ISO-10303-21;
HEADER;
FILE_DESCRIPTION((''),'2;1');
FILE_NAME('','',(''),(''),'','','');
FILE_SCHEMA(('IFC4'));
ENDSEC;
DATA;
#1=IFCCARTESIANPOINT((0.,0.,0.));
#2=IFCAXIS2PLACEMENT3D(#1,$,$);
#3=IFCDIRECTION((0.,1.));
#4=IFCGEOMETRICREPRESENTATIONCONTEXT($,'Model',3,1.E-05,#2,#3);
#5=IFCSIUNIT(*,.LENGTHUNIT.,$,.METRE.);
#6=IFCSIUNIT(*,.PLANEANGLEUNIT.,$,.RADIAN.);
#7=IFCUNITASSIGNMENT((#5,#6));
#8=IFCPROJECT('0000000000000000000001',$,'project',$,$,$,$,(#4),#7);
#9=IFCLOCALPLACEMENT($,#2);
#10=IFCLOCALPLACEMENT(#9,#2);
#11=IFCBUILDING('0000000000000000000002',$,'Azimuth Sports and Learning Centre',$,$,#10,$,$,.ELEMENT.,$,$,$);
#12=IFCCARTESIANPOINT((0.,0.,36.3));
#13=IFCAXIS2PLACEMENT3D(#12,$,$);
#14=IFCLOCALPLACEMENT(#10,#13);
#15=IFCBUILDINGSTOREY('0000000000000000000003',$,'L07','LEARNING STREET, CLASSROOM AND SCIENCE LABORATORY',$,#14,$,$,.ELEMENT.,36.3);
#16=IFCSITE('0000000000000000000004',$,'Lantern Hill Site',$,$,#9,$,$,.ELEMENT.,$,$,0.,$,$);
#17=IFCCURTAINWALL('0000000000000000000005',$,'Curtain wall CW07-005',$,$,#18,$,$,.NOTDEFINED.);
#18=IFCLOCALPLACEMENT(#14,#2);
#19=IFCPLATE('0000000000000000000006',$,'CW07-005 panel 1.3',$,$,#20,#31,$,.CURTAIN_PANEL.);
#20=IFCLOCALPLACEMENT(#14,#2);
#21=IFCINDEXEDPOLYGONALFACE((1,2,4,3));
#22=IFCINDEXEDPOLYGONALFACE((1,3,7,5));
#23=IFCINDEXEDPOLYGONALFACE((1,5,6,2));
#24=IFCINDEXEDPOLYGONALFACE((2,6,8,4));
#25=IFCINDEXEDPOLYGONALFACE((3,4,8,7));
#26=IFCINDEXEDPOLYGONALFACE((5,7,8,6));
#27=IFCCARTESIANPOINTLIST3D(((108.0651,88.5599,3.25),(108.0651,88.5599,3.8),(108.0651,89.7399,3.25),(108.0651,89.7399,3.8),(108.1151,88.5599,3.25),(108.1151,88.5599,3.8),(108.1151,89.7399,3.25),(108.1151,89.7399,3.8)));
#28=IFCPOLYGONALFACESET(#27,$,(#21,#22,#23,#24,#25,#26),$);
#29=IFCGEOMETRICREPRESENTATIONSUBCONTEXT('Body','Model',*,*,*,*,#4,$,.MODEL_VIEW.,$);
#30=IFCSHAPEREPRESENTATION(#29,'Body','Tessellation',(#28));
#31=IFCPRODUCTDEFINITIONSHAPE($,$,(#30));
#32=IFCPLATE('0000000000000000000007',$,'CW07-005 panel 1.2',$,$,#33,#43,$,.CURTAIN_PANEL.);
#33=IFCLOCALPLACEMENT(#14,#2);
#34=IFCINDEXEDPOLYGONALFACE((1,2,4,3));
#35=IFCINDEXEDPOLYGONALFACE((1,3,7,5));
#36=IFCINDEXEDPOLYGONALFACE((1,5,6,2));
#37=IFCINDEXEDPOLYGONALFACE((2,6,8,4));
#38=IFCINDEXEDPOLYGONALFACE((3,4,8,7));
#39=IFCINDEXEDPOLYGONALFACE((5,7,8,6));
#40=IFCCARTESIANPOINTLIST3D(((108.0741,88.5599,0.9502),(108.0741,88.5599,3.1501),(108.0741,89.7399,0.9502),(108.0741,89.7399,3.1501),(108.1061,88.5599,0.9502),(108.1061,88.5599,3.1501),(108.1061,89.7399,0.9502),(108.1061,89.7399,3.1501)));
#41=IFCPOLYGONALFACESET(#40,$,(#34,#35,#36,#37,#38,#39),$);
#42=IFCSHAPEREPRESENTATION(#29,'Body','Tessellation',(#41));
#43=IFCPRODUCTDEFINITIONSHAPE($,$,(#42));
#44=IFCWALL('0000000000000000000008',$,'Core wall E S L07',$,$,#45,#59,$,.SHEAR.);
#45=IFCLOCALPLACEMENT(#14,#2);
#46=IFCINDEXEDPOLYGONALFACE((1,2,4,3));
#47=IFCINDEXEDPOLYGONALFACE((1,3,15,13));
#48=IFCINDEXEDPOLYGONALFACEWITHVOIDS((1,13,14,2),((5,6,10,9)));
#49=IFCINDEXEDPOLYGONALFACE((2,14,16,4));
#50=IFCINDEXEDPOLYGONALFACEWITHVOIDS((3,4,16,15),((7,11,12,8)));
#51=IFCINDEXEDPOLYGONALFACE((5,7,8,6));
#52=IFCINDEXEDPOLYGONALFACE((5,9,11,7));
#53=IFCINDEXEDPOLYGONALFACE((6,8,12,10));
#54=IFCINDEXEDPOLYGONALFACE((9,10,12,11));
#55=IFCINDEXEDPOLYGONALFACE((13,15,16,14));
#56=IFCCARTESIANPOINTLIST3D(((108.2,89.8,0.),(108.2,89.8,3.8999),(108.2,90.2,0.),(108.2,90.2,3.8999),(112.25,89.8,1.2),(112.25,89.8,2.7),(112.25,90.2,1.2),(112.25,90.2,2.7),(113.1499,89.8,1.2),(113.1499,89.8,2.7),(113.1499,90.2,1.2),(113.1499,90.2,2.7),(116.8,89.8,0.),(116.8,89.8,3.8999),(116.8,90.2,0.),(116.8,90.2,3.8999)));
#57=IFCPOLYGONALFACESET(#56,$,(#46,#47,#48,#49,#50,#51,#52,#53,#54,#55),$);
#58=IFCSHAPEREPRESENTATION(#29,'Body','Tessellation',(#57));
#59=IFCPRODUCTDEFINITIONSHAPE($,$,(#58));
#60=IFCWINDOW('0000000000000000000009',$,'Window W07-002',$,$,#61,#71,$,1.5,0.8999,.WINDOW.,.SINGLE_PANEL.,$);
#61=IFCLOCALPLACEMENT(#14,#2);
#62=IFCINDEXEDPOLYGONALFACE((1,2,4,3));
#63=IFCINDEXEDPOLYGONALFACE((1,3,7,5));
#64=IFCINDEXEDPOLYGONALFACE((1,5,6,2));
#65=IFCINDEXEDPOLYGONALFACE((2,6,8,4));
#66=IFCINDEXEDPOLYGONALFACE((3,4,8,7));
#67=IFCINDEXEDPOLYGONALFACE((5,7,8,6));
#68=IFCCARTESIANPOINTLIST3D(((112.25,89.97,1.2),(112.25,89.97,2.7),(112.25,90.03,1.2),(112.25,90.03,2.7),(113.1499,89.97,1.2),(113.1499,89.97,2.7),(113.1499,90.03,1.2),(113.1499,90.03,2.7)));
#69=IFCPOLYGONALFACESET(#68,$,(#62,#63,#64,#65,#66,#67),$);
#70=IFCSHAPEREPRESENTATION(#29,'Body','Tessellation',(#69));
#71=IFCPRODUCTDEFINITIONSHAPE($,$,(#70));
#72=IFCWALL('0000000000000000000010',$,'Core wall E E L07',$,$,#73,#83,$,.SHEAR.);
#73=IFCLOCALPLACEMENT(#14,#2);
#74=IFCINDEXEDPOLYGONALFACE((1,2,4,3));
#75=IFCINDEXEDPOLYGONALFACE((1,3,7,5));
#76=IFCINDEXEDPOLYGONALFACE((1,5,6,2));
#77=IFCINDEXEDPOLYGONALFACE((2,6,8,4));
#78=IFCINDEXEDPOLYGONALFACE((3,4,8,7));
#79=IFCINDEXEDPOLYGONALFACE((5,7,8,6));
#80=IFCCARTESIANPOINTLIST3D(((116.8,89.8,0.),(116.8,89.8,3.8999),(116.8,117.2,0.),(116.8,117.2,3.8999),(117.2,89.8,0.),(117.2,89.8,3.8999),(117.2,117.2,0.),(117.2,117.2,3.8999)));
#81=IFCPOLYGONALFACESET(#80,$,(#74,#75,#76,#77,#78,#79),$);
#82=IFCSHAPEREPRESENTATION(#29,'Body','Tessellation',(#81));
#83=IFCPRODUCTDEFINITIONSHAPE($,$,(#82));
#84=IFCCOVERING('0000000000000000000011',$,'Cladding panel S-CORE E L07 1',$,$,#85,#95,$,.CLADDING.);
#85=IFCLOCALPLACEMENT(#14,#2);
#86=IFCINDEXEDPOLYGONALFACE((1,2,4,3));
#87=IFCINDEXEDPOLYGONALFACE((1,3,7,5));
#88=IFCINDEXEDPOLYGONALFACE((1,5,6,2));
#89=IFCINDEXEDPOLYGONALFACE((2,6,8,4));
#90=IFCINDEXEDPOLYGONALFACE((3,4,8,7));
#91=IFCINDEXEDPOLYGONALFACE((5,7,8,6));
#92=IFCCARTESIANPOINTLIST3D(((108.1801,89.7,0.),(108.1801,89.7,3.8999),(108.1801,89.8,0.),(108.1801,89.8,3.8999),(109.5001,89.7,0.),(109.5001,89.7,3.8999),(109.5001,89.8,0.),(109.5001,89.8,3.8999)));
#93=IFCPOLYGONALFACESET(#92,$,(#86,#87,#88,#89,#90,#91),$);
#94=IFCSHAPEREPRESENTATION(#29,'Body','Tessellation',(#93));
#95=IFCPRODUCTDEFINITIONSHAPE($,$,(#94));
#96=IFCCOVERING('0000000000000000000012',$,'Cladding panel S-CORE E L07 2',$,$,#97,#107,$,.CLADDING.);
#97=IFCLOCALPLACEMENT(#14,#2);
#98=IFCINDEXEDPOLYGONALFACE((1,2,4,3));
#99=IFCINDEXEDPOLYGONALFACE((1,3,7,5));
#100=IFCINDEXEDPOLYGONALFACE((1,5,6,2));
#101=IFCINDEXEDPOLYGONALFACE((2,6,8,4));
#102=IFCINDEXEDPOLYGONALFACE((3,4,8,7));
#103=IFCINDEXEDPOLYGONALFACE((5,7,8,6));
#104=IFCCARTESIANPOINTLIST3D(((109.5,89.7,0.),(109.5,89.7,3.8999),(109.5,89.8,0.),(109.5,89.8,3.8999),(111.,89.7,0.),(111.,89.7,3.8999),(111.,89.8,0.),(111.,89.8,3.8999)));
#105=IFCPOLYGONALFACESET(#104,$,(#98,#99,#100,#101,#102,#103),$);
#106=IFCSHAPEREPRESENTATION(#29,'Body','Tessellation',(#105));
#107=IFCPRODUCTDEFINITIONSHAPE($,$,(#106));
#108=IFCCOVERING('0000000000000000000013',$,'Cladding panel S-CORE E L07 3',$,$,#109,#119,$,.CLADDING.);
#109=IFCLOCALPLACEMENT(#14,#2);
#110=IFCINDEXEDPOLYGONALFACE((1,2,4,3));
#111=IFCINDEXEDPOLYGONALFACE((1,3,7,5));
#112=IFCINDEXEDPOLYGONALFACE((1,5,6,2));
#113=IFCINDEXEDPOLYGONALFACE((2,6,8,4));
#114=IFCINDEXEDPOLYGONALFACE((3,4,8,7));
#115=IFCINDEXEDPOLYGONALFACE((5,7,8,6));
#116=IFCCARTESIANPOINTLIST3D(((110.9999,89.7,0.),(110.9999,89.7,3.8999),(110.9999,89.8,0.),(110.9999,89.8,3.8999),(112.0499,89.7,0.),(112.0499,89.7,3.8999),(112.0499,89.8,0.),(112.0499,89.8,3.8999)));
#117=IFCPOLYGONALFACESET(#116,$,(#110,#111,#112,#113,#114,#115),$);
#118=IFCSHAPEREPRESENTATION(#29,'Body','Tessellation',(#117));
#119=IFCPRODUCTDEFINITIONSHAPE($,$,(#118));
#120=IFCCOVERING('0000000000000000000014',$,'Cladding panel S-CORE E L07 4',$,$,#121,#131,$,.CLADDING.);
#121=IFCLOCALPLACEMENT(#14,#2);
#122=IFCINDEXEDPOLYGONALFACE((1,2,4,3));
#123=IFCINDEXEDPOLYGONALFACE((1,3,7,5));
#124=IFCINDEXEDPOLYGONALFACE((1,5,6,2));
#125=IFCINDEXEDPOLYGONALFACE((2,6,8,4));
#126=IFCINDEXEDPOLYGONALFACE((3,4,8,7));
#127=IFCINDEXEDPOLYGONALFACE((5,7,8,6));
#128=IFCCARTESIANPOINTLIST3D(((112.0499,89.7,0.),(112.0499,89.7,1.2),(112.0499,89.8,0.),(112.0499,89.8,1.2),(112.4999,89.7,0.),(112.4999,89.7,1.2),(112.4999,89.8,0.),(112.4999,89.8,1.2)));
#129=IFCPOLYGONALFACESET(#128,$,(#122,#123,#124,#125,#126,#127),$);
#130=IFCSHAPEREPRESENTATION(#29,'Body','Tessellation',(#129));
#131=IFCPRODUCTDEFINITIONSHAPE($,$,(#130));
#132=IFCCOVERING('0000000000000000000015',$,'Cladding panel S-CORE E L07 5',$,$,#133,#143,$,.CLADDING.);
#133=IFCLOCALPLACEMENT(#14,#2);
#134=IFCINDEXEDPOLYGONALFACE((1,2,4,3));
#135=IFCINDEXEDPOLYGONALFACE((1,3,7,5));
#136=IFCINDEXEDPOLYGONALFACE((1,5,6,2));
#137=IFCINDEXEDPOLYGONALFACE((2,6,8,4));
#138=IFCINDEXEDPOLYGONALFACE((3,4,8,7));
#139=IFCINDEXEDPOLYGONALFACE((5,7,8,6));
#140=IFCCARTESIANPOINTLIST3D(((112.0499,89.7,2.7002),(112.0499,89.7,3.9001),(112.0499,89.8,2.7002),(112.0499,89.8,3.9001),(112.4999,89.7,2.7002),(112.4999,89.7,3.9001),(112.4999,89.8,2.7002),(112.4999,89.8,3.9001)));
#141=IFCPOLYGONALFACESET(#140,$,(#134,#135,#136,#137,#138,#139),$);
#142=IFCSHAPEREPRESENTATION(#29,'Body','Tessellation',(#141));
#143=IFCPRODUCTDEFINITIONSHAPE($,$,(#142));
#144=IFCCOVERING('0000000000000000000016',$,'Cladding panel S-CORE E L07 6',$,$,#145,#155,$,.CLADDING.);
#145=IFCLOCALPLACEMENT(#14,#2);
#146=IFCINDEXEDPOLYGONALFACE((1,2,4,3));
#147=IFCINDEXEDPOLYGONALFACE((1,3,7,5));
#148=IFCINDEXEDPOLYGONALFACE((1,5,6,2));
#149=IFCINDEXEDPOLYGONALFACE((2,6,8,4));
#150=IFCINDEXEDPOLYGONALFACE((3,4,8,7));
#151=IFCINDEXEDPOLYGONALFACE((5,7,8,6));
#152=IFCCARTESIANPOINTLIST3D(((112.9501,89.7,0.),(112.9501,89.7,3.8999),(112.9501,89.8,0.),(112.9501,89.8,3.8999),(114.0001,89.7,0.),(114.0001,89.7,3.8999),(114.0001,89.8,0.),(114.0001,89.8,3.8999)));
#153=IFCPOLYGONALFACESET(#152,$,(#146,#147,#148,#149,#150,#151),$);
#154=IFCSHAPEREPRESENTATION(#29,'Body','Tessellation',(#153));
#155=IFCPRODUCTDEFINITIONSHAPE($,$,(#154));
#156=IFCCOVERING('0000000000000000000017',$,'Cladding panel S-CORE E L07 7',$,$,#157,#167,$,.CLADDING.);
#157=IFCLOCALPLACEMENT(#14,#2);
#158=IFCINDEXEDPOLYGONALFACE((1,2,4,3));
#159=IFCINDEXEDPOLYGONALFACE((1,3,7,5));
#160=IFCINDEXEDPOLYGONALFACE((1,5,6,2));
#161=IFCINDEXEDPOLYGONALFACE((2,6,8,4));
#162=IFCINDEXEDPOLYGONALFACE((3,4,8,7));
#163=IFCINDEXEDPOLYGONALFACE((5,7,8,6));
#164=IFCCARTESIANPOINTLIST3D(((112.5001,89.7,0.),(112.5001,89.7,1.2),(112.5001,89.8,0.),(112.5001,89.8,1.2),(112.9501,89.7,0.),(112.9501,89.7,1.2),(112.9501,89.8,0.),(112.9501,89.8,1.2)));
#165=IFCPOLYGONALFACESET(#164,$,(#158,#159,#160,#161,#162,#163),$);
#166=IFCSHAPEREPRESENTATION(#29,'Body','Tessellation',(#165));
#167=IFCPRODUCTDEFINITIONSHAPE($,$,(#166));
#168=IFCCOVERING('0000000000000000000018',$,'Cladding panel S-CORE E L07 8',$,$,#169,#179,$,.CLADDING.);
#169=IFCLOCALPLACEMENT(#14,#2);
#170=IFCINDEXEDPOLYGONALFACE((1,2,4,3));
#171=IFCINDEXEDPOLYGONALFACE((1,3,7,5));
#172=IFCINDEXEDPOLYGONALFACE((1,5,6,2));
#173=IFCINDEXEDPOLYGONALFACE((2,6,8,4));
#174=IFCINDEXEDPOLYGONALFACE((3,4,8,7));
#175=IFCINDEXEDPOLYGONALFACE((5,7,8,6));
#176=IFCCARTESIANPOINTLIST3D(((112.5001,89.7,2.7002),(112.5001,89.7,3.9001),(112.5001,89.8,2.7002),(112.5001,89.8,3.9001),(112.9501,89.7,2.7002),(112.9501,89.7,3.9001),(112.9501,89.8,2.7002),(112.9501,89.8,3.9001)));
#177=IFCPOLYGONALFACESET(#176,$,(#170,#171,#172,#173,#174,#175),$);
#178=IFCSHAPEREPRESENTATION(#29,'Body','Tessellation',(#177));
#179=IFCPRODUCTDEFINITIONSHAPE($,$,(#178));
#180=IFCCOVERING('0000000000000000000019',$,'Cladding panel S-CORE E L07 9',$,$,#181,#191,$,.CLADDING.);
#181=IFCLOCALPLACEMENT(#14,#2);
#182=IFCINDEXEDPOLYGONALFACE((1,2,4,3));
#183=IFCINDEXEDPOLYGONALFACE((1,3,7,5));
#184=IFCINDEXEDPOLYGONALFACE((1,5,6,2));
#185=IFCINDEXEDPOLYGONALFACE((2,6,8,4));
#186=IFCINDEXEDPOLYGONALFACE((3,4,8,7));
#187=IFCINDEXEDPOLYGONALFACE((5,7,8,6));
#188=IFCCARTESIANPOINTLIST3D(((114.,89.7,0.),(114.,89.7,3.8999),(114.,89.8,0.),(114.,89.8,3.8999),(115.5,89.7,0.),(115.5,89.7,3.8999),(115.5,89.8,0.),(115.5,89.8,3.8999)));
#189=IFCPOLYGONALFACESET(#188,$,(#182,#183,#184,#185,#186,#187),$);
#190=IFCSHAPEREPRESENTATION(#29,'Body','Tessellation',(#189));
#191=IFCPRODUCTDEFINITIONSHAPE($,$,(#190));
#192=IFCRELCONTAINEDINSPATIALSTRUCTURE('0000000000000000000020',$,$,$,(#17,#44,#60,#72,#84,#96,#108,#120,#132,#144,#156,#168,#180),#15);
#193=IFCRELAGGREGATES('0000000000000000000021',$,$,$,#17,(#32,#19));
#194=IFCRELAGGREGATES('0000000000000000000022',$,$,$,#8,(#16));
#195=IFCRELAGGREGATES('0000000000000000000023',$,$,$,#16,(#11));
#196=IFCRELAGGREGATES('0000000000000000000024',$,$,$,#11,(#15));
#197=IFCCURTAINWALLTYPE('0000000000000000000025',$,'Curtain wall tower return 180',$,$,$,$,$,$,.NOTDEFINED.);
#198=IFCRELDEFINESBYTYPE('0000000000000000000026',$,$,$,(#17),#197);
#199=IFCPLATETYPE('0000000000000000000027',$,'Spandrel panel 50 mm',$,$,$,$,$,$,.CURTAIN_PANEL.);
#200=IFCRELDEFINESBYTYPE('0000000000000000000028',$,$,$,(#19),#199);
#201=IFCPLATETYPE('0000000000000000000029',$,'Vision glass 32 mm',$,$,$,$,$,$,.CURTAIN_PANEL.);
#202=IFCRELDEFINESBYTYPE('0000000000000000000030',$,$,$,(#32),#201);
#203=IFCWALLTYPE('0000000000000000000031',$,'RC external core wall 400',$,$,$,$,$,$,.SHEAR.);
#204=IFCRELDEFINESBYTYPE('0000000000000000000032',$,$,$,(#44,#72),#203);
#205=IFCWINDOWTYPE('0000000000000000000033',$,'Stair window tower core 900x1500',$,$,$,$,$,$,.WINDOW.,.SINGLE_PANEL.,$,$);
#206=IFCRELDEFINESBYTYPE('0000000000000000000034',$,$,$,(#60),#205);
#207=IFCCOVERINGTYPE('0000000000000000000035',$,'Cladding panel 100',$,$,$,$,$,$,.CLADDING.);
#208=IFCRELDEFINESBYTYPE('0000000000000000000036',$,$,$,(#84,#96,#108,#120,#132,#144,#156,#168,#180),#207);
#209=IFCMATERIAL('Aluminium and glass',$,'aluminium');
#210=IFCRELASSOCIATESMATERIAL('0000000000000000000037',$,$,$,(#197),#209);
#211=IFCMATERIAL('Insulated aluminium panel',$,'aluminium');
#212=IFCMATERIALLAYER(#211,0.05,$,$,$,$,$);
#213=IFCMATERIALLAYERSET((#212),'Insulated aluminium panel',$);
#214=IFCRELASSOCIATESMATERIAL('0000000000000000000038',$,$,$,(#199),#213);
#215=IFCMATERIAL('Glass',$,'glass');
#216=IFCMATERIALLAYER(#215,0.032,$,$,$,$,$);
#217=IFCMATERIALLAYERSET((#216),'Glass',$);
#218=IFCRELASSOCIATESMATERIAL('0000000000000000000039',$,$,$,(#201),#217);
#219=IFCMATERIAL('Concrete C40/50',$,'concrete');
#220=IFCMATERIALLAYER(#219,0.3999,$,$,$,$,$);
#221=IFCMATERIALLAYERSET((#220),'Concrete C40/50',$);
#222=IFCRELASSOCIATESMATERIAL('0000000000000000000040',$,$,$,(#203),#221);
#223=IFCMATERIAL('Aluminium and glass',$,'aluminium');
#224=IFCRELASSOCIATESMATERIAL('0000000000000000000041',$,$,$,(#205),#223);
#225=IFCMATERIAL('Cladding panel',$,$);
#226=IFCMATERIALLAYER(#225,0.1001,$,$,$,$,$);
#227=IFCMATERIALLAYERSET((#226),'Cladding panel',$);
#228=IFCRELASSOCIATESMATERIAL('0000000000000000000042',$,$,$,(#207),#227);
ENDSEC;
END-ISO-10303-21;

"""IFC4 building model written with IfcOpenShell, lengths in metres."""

from ifc_helpers import new_model, si_unit, direction, frame, frame_2d, origin, origin_2d, place, context, subcontext, project, spatial, rectangle, extrude, material, layer, layer_set, type_object, element, fill, aggregate, save


model = new_model("IFC4")

# Units and contexts
model_context = context("Model", 3, precision=1e-05, world=origin(), true_north=direction((0.0, 1.0)))
body_context = subcontext(model_context, "Body", "Model", "MODEL_VIEW")
ifc_project = project(units=[si_unit("LENGTHUNIT", "METRE"), si_unit("PLANEANGLEUNIT", "RADIAN")], contexts=[model_context])

# Site, building, storey
site_placement = place(None, origin())
site = spatial("IfcSite", under=ifc_project, at=site_placement, Name="Lantern Hill Site", CompositionType="ELEMENT", RefElevation=0.0)
building_placement = place(site_placement, origin())
building = spatial("IfcBuilding", under=site, at=building_placement, Name="Azimuth Sports and Learning Centre", CompositionType="ELEMENT")
storey_placement = place(building_placement, frame((0.0, 0.0, 36.3)))
storey = spatial("IfcBuildingStorey", under=building, at=storey_placement, Name="L07", Description="LEARNING STREET, CLASSROOM AND SCIENCE LABORATORY", CompositionType="ELEMENT", Elevation=36.3)

# Curtain wall, plates
ifc_material_1 = material(Name="Aluminium and glass", Category="aluminium")
curtain_wall_type = type_object("IfcCurtainWallType", Name="Curtain wall tower return 180", PredefinedType="NOTDEFINED", material=ifc_material_1)
curtain_wall_placement = place(storey_placement, origin())
curtain_wall = element("IfcCurtainWall", 1, at=curtain_wall_placement, inside=storey, type_object=curtain_wall_type, Name="Curtain wall CW07-005", PredefinedType="NOTDEFINED")
ifc_material_2 = material(Name="Insulated aluminium panel", Category="aluminium")
ifc_layer_1 = layer(ifc_material_2, 0.05)
ifc_layer_set_1 = layer_set([ifc_layer_1], Name="Insulated aluminium panel")
plate_type_1 = type_object("IfcPlateType", Name="Spandrel panel 50 mm", PredefinedType="CURTAIN_PANEL", material=ifc_layer_set_1)
plate_1_placement = place(storey_placement, frame((108.0901, 89.1499, 3.25), z_axis=(0.0, 0.0, 1.0), x_axis=(0.0, 1.0, 0.0)))
plate_1 = element("IfcPlate", 2, at=plate_1_placement, type_object=plate_type_1, Name="CW07-005 panel 1.3", PredefinedType="CURTAIN_PANEL", context=body_context, shape_type="SweptSolid", body=[
    extrude(rectangle(XDim=1.1799, YDim=0.05, at=origin_2d()), origin(), (0.0, 0.0, 1.0), 0.55),
])
ifc_material_3 = material(Name="Glass", Category="glass")
ifc_layer_2 = layer(ifc_material_3, 0.032)
ifc_layer_set_2 = layer_set([ifc_layer_2], Name="Glass")
plate_type_2 = type_object("IfcPlateType", Name="Vision glass 32 mm", PredefinedType="CURTAIN_PANEL", material=ifc_layer_set_2)
plate_2_placement = place(storey_placement, frame((108.0901, 89.1499, 0.9502), z_axis=(0.0, 0.0, 1.0), x_axis=(0.0, 1.0, 0.0)))
plate_2 = element("IfcPlate", 3, at=plate_2_placement, type_object=plate_type_2, Name="CW07-005 panel 1.2", PredefinedType="CURTAIN_PANEL", context=body_context, shape_type="SweptSolid", body=[
    extrude(rectangle(XDim=1.1799, YDim=0.032, at=origin_2d()), origin(), (0.0, 0.0, 1.0), 2.2),
])
aggregate(curtain_wall, [plate_2, plate_1])

# Wall, opening, window
ifc_material_4 = material(Name="Concrete C40/50", Category="concrete")
ifc_layer_3 = layer(ifc_material_4, 0.3999)
ifc_layer_set_3 = layer_set([ifc_layer_3], Name="Concrete C40/50")
wall_type = type_object("IfcWallType", Name="RC external core wall 400", PredefinedType="SHEAR", material=ifc_layer_set_3)
wall_1_placement = place(storey_placement, frame((108.2, 90.0, 0.0), z_axis=(0.0, 0.0, 1.0), x_axis=(1.0, 0.0, 0.0)))
wall_1 = element("IfcWall", 4, at=wall_1_placement, inside=storey, type_object=wall_type, Name="Core wall E S L07", PredefinedType="SHEAR", context=body_context, shape_type="SweptSolid", body=[
    extrude(rectangle(XDim=8.6001, YDim=0.3999, at=frame_2d((4.3, 0.0))), origin(), (0.0, 0.0, 1.0), 3.8999),
])
opening_placement = place(wall_1_placement, frame((4.05, 0.0, 1.2)))
opening = element("IfcOpeningElement", 5, at=opening_placement, cuts=wall_1, PredefinedType="OPENING", context=body_context, shape_type="SweptSolid", body=[
    extrude(rectangle(XDim=0.8999, YDim=1.5, at=frame_2d((0.45, 0.75))), frame((0.0, 0.2109, 0.0), z_axis=(0.0, -1.0, 0.0), x_axis=(1.0, 0.0, 0.0)), (0.0, 0.0, 1.0), 0.4219),
])
ifc_material_5 = material(Name="Aluminium and glass", Category="aluminium")
window_type = type_object("IfcWindowType", Name="Stair window tower core 900x1500", PartitioningType="SINGLE_PANEL", PredefinedType="WINDOW", material=ifc_material_5)
window_placement = place(opening_placement, origin())
window = element("IfcWindow", 6, at=window_placement, inside=storey, type_object=window_type, Name="Window W07-002", OverallHeight=1.5, OverallWidth=0.8999, PartitioningType="SINGLE_PANEL", PredefinedType="WINDOW", context=body_context, shape_type="SweptSolid", body=[
    extrude(rectangle(XDim=0.8999, YDim=1.5, at=frame_2d((0.45, 0.75))), frame((0.0, 0.03, 0.0), z_axis=(0.0, -1.0, 0.0), x_axis=(1.0, 0.0, 0.0)), (0.0, 0.0, 1.0), 0.0601),
])
fill(opening, window)

# Wall
wall_2_placement = place(storey_placement, frame((117.0, 89.8, 0.0), z_axis=(0.0, 0.0, 1.0), x_axis=(0.0, 1.0, 0.0)))
element("IfcWall", 7, at=wall_2_placement, inside=storey, type_object=wall_type, Name="Core wall E E L07", PredefinedType="SHEAR", context=body_context, shape_type="SweptSolid", body=[
    extrude(rectangle(XDim=27.3999, YDim=0.3999, at=frame_2d((13.7, 0.0))), origin(), (0.0, 0.0, 1.0), 3.8999),
])

# Coverings
ifc_material_6 = material(Name="Cladding panel")
ifc_layer_4 = layer(ifc_material_6, 0.1001)
ifc_layer_set_4 = layer_set([ifc_layer_4], Name="Cladding panel")
covering_type = type_object("IfcCoveringType", Name="Cladding panel 100", PredefinedType="CLADDING", material=ifc_layer_set_4)
covering_1_placement = place(storey_placement, frame((108.8401, 89.75, 0.0), z_axis=(0.0, 0.0, 1.0), x_axis=(1.0, 0.0, 0.0)))
element("IfcCovering", 8, at=covering_1_placement, inside=storey, type_object=covering_type, Name="Cladding panel S-CORE E L07 1", PredefinedType="CLADDING", context=body_context, shape_type="SweptSolid", body=[
    extrude(rectangle(XDim=1.3201, YDim=0.1001, at=origin_2d()), origin(), (0.0, 0.0, 1.0), 3.8999),
])
covering_2_placement = place(storey_placement, frame((110.25, 89.75, 0.0), z_axis=(0.0, 0.0, 1.0), x_axis=(1.0, 0.0, 0.0)))
element("IfcCovering", 9, at=covering_2_placement, inside=storey, type_object=covering_type, Name="Cladding panel S-CORE E L07 2", PredefinedType="CLADDING", context=body_context, shape_type="SweptSolid", body=[
    extrude(rectangle(XDim=1.5, YDim=0.1001, at=origin_2d()), origin(), (0.0, 0.0, 1.0), 3.8999),
])
covering_3_placement = place(storey_placement, frame((111.5249, 89.75, 0.0), z_axis=(0.0, 0.0, 1.0), x_axis=(1.0, 0.0, 0.0)))
element("IfcCovering", 10, at=covering_3_placement, inside=storey, type_object=covering_type, Name="Cladding panel S-CORE E L07 3", PredefinedType="CLADDING", context=body_context, shape_type="SweptSolid", body=[
    extrude(rectangle(XDim=1.05, YDim=0.1001, at=origin_2d()), origin(), (0.0, 0.0, 1.0), 3.8999),
])
for number, where, z_axis, x_axis, name in (
    (11, (112.2749, 89.75, 0.0), (0.0, 0.0, 1.0), (1.0, 0.0, 0.0), "Cladding panel S-CORE E L07 4"),
    (12, (112.2749, 89.75, 2.7002), (0.0, 0.0, 1.0), (1.0, 0.0, 0.0), "Cladding panel S-CORE E L07 5"),
):
    element("IfcCovering", number, at=place(storey_placement, frame(where, z_axis=z_axis, x_axis=x_axis)), inside=storey, type_object=covering_type, Name=name, PredefinedType="CLADDING", context=body_context, shape_type="SweptSolid", body=[
        extrude(rectangle(XDim=0.45, YDim=0.1001, at=origin_2d()), origin(), (0.0, 0.0, 1.0), 1.2),
    ])
covering_4_placement = place(storey_placement, frame((113.4751, 89.75, 0.0), z_axis=(0.0, 0.0, 1.0), x_axis=(1.0, 0.0, 0.0)))
element("IfcCovering", 13, at=covering_4_placement, inside=storey, type_object=covering_type, Name="Cladding panel S-CORE E L07 6", PredefinedType="CLADDING", context=body_context, shape_type="SweptSolid", body=[
    extrude(rectangle(XDim=1.05, YDim=0.1001, at=origin_2d()), origin(), (0.0, 0.0, 1.0), 3.8999),
])
for number, where, z_axis, x_axis, name in (
    (14, (112.7251, 89.75, 0.0), (0.0, 0.0, 1.0), (1.0, 0.0, 0.0), "Cladding panel S-CORE E L07 7"),
    (15, (112.7251, 89.75, 2.7002), (0.0, 0.0, 1.0), (1.0, 0.0, 0.0), "Cladding panel S-CORE E L07 8"),
):
    element("IfcCovering", number, at=place(storey_placement, frame(where, z_axis=z_axis, x_axis=x_axis)), inside=storey, type_object=covering_type, Name=name, PredefinedType="CLADDING", context=body_context, shape_type="SweptSolid", body=[
        extrude(rectangle(XDim=0.45, YDim=0.1001, at=origin_2d()), origin(), (0.0, 0.0, 1.0), 1.2),
    ])
covering_5_placement = place(storey_placement, frame((114.75, 89.75, 0.0), z_axis=(0.0, 0.0, 1.0), x_axis=(1.0, 0.0, 0.0)))
element("IfcCovering", 16, at=covering_5_placement, inside=storey, type_object=covering_type, Name="Cladding panel S-CORE E L07 9", PredefinedType="CLADDING", context=body_context, shape_type="SweptSolid", body=[
    extrude(rectangle(XDim=1.5, YDim=0.1001, at=origin_2d()), origin(), (0.0, 0.0, 1.0), 3.8999),
])

save(model, "model.ifc")
